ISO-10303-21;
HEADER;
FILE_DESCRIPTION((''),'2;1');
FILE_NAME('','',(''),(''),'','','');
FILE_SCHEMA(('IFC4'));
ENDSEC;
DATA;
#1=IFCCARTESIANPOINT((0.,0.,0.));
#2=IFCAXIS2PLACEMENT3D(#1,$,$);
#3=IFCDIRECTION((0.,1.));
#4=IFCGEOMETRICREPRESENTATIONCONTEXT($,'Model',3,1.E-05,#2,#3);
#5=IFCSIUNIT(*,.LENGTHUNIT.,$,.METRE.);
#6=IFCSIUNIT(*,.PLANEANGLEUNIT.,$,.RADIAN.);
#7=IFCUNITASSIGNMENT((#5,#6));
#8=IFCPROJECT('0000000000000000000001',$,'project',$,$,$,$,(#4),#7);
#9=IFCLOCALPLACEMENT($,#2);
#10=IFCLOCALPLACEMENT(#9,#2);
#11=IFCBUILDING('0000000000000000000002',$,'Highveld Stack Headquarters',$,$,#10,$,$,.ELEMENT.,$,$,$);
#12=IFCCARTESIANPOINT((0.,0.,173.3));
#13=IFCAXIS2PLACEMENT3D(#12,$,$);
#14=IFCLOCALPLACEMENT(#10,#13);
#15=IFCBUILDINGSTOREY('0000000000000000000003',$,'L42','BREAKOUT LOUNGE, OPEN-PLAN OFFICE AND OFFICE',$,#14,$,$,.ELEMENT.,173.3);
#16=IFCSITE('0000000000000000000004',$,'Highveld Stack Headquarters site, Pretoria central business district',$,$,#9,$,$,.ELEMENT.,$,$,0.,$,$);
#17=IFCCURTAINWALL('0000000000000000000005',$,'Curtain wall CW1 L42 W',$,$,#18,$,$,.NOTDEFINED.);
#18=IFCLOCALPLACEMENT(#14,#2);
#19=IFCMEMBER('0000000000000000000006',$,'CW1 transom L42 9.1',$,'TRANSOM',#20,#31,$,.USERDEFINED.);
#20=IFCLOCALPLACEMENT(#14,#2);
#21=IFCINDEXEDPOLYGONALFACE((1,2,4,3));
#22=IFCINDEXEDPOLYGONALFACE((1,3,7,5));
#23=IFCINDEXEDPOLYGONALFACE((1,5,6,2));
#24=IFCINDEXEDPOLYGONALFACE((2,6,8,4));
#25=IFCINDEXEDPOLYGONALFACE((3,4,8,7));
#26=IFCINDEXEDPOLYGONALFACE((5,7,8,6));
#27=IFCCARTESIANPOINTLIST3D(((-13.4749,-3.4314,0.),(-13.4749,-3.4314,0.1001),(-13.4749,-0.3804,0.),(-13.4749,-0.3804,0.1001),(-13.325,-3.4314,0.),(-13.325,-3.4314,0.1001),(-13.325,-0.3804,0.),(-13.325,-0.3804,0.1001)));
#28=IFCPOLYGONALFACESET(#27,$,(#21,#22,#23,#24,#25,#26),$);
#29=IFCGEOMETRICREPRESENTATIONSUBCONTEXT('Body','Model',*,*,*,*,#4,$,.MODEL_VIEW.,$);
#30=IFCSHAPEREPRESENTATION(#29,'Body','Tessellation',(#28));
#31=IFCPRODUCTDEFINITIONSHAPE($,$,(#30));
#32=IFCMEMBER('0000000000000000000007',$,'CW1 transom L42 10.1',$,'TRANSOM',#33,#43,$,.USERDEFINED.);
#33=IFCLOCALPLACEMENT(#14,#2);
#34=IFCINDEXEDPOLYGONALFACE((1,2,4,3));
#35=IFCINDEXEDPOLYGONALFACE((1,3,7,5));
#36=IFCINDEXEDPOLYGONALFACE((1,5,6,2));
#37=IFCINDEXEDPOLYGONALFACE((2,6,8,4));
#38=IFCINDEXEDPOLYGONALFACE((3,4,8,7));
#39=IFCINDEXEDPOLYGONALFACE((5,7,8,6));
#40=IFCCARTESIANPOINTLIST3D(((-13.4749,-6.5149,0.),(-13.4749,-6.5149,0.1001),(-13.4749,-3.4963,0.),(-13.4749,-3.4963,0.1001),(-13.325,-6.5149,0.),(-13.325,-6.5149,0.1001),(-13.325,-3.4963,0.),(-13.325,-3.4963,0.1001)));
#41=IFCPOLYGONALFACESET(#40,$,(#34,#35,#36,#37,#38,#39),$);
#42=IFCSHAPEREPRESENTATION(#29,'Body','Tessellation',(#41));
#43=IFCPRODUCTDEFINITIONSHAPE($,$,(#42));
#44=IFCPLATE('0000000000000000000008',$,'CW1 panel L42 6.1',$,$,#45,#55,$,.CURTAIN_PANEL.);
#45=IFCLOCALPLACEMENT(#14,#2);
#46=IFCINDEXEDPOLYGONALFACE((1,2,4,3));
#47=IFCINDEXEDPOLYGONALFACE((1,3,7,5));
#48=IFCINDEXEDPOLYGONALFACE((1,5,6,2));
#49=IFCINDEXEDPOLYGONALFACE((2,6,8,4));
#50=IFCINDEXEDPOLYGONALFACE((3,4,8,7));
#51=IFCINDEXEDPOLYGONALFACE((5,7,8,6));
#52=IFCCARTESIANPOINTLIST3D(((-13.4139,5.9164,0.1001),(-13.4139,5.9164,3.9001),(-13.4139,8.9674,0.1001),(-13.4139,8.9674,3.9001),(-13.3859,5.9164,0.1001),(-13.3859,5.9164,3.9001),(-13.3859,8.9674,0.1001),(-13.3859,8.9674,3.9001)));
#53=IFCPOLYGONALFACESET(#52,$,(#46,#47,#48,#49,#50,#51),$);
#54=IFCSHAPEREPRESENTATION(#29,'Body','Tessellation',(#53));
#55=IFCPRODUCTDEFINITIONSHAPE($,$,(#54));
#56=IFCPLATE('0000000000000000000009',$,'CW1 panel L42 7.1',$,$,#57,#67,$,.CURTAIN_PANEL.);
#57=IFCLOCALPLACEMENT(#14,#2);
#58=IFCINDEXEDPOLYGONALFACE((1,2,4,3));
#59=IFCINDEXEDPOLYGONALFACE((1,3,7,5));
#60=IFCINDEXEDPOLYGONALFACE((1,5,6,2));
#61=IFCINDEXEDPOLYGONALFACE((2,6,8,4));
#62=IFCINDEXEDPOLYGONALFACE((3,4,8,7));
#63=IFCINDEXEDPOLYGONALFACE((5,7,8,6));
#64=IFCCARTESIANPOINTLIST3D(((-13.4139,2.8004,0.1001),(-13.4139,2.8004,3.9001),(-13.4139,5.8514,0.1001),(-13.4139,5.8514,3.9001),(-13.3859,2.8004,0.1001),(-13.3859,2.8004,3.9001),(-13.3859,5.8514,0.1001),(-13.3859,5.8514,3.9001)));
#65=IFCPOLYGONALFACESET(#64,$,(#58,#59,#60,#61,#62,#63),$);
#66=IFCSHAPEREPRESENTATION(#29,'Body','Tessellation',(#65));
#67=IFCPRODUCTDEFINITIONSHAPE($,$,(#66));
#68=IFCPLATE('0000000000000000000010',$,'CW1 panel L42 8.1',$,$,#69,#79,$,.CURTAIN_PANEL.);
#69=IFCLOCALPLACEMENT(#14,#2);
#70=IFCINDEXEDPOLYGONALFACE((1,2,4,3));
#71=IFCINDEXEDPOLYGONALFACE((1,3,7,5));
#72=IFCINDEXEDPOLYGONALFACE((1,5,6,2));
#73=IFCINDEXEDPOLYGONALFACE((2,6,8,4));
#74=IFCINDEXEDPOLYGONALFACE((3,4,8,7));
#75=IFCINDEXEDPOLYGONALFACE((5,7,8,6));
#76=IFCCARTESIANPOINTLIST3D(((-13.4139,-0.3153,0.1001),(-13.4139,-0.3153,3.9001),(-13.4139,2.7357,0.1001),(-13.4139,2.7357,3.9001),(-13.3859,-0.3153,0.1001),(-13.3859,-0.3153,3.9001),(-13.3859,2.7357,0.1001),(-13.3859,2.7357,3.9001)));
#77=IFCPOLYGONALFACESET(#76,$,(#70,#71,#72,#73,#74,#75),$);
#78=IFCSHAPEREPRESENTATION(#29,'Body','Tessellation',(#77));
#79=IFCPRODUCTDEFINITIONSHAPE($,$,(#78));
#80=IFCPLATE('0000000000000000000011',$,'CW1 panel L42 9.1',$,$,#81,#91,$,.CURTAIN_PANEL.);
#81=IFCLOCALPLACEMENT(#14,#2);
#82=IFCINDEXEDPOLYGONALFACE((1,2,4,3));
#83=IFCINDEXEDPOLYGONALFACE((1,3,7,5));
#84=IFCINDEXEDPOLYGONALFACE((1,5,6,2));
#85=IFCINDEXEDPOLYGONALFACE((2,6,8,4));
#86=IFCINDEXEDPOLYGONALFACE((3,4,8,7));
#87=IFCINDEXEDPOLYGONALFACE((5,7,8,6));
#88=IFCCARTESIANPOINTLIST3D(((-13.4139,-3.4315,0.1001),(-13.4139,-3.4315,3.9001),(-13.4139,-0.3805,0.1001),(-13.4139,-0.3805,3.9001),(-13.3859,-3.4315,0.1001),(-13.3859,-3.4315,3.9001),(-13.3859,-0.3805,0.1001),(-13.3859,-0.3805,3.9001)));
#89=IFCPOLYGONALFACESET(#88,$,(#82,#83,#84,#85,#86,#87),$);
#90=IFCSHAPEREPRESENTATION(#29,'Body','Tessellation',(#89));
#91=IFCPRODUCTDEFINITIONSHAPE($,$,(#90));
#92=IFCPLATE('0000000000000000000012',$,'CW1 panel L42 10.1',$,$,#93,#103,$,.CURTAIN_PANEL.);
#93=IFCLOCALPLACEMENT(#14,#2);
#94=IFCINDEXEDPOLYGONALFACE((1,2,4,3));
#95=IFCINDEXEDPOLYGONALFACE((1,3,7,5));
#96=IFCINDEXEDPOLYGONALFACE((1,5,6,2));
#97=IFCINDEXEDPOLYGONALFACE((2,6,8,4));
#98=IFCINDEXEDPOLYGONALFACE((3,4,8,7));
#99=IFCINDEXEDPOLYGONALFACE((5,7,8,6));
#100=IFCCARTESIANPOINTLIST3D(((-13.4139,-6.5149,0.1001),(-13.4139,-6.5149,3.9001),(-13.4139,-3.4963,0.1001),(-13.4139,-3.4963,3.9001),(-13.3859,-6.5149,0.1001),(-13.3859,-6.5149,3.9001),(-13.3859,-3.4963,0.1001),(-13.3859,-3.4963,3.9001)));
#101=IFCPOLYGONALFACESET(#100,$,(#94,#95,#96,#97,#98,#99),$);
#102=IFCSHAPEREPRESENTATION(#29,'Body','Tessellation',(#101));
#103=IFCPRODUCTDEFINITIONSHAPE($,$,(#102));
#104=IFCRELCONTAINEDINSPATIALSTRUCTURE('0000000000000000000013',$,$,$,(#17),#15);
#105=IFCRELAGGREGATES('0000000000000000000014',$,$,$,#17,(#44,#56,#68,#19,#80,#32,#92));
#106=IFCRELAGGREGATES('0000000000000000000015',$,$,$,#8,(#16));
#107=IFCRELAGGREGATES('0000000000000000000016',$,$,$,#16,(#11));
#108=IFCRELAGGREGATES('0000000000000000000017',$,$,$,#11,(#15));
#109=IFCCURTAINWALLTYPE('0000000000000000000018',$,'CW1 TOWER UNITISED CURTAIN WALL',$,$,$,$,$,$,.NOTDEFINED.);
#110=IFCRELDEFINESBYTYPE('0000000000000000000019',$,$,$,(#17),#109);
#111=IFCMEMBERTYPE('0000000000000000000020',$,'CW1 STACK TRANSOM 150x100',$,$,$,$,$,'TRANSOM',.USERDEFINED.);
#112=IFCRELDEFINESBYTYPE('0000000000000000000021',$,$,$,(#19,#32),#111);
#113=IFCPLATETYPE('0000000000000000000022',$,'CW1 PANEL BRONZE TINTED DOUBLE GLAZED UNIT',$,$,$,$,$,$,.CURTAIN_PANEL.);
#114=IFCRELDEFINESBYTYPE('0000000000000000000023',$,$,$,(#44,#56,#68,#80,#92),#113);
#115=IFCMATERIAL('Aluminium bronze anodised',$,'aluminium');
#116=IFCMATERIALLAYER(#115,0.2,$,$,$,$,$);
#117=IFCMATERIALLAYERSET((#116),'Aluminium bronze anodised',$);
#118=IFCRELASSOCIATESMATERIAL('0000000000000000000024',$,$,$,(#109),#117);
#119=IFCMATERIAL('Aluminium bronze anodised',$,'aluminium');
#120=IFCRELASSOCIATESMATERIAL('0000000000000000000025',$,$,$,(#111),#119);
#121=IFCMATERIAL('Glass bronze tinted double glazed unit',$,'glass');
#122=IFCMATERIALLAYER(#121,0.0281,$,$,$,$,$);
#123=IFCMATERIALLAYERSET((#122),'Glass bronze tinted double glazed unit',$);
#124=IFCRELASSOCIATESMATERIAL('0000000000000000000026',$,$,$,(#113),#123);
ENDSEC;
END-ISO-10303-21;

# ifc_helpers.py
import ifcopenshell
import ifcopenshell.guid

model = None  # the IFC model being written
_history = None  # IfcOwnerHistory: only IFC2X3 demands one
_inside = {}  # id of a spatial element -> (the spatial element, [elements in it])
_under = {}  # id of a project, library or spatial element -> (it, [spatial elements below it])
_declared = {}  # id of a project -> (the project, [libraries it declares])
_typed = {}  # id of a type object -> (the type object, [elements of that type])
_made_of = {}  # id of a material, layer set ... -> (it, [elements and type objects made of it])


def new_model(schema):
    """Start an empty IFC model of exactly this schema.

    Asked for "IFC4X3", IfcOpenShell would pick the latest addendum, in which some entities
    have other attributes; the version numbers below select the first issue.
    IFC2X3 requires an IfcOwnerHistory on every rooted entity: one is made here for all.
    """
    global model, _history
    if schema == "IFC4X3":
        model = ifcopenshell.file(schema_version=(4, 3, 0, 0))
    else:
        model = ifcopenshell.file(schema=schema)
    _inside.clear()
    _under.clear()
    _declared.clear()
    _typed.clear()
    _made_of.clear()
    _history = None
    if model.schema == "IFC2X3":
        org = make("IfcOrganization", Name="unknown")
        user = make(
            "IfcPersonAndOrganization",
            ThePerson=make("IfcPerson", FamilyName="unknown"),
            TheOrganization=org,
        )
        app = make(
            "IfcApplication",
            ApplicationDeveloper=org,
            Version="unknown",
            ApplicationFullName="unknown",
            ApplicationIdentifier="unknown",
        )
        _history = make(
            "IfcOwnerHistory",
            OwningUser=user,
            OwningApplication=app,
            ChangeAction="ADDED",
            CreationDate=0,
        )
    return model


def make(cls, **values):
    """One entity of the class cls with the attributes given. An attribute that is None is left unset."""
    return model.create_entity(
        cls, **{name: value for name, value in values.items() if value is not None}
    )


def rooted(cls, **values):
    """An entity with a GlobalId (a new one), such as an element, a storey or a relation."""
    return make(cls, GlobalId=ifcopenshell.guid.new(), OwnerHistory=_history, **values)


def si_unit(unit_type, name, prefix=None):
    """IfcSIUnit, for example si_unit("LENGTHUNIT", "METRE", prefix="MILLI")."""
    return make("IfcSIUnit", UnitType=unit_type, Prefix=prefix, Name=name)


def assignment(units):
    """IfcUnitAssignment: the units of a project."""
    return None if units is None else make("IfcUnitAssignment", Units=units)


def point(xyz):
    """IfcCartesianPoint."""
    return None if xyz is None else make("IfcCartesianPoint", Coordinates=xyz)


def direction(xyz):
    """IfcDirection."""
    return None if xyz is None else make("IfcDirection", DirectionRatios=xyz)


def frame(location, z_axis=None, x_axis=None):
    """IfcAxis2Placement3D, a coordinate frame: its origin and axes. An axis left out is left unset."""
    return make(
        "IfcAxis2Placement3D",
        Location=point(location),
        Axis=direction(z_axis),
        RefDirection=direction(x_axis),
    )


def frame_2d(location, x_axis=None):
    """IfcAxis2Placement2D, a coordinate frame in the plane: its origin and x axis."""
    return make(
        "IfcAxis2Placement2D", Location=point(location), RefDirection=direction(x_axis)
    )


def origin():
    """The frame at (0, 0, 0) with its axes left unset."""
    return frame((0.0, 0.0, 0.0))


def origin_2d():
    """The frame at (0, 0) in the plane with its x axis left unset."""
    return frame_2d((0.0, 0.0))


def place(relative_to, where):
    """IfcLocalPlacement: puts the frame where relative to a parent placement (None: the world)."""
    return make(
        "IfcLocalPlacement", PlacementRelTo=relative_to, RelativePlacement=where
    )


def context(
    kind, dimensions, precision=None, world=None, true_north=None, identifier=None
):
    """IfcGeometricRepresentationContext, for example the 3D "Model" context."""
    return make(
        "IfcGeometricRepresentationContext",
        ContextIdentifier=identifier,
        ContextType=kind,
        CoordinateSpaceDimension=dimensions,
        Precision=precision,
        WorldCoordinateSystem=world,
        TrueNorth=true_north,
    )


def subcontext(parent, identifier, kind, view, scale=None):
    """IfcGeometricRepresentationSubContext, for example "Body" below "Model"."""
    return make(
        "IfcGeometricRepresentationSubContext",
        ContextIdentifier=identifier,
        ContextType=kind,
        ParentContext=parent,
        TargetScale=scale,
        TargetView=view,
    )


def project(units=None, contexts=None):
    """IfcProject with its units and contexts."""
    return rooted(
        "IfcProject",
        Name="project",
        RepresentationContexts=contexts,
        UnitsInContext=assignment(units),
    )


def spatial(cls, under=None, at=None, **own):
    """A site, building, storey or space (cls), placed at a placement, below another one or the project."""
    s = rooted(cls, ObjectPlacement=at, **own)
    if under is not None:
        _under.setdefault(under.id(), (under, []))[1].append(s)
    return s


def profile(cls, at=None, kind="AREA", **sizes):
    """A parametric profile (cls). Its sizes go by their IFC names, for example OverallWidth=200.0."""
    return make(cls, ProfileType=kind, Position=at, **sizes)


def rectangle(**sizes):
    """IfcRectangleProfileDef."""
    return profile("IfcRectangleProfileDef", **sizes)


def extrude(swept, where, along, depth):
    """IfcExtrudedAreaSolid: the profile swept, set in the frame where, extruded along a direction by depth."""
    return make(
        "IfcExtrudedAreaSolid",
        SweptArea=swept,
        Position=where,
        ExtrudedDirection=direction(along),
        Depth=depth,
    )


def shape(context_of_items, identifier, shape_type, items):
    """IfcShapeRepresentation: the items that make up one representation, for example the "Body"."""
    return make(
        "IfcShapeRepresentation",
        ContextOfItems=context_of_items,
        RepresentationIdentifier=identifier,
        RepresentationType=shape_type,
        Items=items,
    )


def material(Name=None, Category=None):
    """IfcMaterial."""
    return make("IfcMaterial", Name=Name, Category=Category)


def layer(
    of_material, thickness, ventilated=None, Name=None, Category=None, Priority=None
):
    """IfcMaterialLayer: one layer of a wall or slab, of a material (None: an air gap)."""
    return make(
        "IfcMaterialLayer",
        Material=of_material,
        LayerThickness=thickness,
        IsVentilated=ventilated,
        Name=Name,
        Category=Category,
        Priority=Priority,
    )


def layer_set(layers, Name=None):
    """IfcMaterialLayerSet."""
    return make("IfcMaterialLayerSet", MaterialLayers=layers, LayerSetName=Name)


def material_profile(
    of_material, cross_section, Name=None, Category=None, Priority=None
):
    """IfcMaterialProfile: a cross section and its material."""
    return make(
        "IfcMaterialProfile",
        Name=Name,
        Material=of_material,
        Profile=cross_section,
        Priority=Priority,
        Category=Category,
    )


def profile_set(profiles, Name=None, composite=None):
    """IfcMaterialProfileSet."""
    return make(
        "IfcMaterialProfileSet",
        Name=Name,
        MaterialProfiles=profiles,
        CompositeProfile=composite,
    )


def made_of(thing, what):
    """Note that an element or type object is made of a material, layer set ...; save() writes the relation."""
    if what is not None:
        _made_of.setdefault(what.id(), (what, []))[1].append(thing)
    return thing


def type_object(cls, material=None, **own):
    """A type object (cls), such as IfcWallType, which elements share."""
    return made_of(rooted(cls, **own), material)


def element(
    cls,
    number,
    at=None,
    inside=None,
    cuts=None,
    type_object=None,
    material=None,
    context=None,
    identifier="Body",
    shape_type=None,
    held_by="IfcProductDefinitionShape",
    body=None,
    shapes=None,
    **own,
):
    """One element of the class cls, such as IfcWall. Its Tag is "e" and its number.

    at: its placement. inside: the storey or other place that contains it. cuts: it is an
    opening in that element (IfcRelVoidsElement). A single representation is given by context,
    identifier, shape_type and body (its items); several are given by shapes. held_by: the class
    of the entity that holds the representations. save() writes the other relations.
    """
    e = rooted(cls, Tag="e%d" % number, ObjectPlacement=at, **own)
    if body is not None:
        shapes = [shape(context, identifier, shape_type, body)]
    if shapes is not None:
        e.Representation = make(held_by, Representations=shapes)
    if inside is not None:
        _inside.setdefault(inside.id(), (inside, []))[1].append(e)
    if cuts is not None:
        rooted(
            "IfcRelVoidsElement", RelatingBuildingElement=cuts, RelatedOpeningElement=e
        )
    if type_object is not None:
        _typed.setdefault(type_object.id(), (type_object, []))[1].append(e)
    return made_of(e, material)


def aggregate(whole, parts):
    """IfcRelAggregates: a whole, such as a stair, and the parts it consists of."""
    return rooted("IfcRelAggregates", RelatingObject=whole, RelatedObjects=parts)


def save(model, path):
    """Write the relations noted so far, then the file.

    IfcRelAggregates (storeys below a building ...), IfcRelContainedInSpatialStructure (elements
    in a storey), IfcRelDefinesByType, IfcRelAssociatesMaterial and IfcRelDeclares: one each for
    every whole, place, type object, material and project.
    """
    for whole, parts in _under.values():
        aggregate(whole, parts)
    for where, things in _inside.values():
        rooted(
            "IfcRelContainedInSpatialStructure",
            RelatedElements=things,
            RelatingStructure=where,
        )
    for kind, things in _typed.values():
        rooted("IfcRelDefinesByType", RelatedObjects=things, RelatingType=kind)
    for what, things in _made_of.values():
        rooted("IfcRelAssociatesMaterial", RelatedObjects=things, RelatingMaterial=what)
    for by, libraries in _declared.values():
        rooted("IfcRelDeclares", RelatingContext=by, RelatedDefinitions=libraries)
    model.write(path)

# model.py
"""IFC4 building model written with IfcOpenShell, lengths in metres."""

from ifc_helpers import new_model, si_unit, direction, frame, origin, origin_2d, place, context, subcontext, project, spatial, rectangle, extrude, material, layer, layer_set, material_profile, profile_set, type_object, element, aggregate, save


model = new_model("IFC4")

# Units and contexts
model_context = context("Model", 3, precision=1e-05, world=origin(), true_north=direction((0.0, 1.0)))
body_context = subcontext(model_context, "Body", "Model", "MODEL_VIEW")
ifc_project = project(units=[si_unit("LENGTHUNIT", "METRE"), si_unit("PLANEANGLEUNIT", "RADIAN")], contexts=[model_context])

# Site, building, storey
site_placement = place(None, origin())
site = spatial("IfcSite", under=ifc_project, at=site_placement, Name="Highveld Stack Headquarters site, Pretoria central business district", CompositionType="ELEMENT", RefElevation=0.0)
building_placement = place(site_placement, origin())
building = spatial("IfcBuilding", under=site, at=building_placement, Name="Highveld Stack Headquarters", CompositionType="ELEMENT")
storey_placement = place(building_placement, frame((0.0, 0.0, 173.3)))
storey = spatial("IfcBuildingStorey", under=building, at=storey_placement, Name="L42", Description="BREAKOUT LOUNGE, OPEN-PLAN OFFICE AND OFFICE", CompositionType="ELEMENT", Elevation=173.3)

# Curtain wall, members, plates
ifc_material_1 = material(Name="Aluminium bronze anodised", Category="aluminium")
ifc_layer_1 = layer(ifc_material_1, 0.2)
ifc_layer_set_1 = layer_set([ifc_layer_1], Name="Aluminium bronze anodised")
curtain_wall_type = type_object("IfcCurtainWallType", Name="CW1 TOWER UNITISED CURTAIN WALL", PredefinedType="NOTDEFINED", material=ifc_layer_set_1)
curtain_wall_placement = place(storey_placement, origin())
curtain_wall = element("IfcCurtainWall", 1, at=curtain_wall_placement, inside=storey, type_object=curtain_wall_type, Name="Curtain wall CW1 L42 W", PredefinedType="NOTDEFINED")
ifc_material_2 = material(Name="Aluminium bronze anodised", Category="aluminium")
ifc_material_profile_1 = material_profile(ifc_material_2, rectangle(XDim=0.1499, YDim=0.1001, at=origin_2d()), Name="CW1 TRANSOM 150x100")
ifc_profile_set_1 = profile_set([ifc_material_profile_1], Name="Aluminium bronze anodised")
member_type_1 = type_object("IfcMemberType", Name="CW1 STACK TRANSOM 150x100", ElementType="TRANSOM", PredefinedType="USERDEFINED", material=ifc_profile_set_1)
member_1_placement = place(storey_placement, frame((-13.3999, -0.3804, 0.05), z_axis=(0.0, -1.0, 0.0), x_axis=(1.0, 0.0, 0.0)))
member_1 = element("IfcMember", 2, at=member_1_placement, type_object=member_type_1, Name="CW1 transom L42 9.1", ObjectType="TRANSOM", PredefinedType="USERDEFINED", context=body_context, shape_type="SweptSolid", body=[
    extrude(rectangle(XDim=0.1499, YDim=0.1001, at=origin_2d()), origin(), (0.0, 0.0, 1.0), 3.051),
])
member_2_placement = place(storey_placement, frame((-13.3999, -3.4963, 0.05), z_axis=(0.0, -1.0, 0.0), x_axis=(1.0, 0.0, 0.0)))
member_2 = element("IfcMember", 3, at=member_2_placement, type_object=member_type_1, Name="CW1 transom L42 10.1", ObjectType="TRANSOM", PredefinedType="USERDEFINED", context=body_context, shape_type="SweptSolid", body=[
    extrude(rectangle(XDim=0.1499, YDim=0.1001, at=origin_2d()), origin(), (0.0, 0.0, 1.0), 3.0186),
])
ifc_material_3 = material(Name="Glass bronze tinted double glazed unit", Category="glass")
ifc_layer_2 = layer(ifc_material_3, 0.0281)
ifc_layer_set_2 = layer_set([ifc_layer_2], Name="Glass bronze tinted double glazed unit")
plate_type = type_object("IfcPlateType", Name="CW1 PANEL BRONZE TINTED DOUBLE GLAZED UNIT", PredefinedType="CURTAIN_PANEL", material=ifc_layer_set_2)
plate_1_placement = place(storey_placement, frame((-13.3999, 7.4419, 0.1001), z_axis=(0.0, 0.0, 1.0), x_axis=(0.0, -1.0, 0.0)))
plate_1 = element("IfcPlate", 4, at=plate_1_placement, type_object=plate_type, Name="CW1 panel L42 6.1", PredefinedType="CURTAIN_PANEL", context=body_context, shape_type="SweptSolid", body=[
    extrude(rectangle(XDim=3.051, YDim=0.0281, at=origin_2d()), origin(), (0.0, 0.0, 1.0), 3.8),
])
plate_2_placement = place(storey_placement, frame((-13.3999, 4.3259, 0.1001), z_axis=(0.0, 0.0, 1.0), x_axis=(0.0, -1.0, 0.0)))
plate_2 = element("IfcPlate", 5, at=plate_2_placement, type_object=plate_type, Name="CW1 panel L42 7.1", PredefinedType="CURTAIN_PANEL", context=body_context, shape_type="SweptSolid", body=[
    extrude(rectangle(XDim=3.051, YDim=0.0281, at=origin_2d()), origin(), (0.0, 0.0, 1.0), 3.8),
])
plate_3_placement = place(storey_placement, frame((-13.3999, 1.2102, 0.1001), z_axis=(0.0, 0.0, 1.0), x_axis=(0.0, -1.0, 0.0)))
plate_3 = element("IfcPlate", 6, at=plate_3_placement, type_object=plate_type, Name="CW1 panel L42 8.1", PredefinedType="CURTAIN_PANEL", context=body_context, shape_type="SweptSolid", body=[
    extrude(rectangle(XDim=3.051, YDim=0.0281, at=origin_2d()), origin(), (0.0, 0.0, 1.0), 3.8),
])
plate_4_placement = place(storey_placement, frame((-13.3999, -1.906, 0.1001), z_axis=(0.0, 0.0, 1.0), x_axis=(0.0, -1.0, 0.0)))
plate_4 = element("IfcPlate", 7, at=plate_4_placement, type_object=plate_type, Name="CW1 panel L42 9.1", PredefinedType="CURTAIN_PANEL", context=body_context, shape_type="SweptSolid", body=[
    extrude(rectangle(XDim=3.051, YDim=0.0281, at=origin_2d()), origin(), (0.0, 0.0, 1.0), 3.8),
])
plate_5_placement = place(storey_placement, frame((-13.3999, -5.0056, 0.1001), z_axis=(0.0, 0.0, 1.0), x_axis=(0.0, -1.0, 0.0)))
plate_5 = element("IfcPlate", 8, at=plate_5_placement, type_object=plate_type, Name="CW1 panel L42 10.1", PredefinedType="CURTAIN_PANEL", context=body_context, shape_type="SweptSolid", body=[
    extrude(rectangle(XDim=3.0186, YDim=0.0281, at=origin_2d()), origin(), (0.0, 0.0, 1.0), 3.8),
])
aggregate(curtain_wall, [plate_1, plate_2, plate_3, member_1, plate_4, member_2, plate_5])

save(model, "model.ifc")
